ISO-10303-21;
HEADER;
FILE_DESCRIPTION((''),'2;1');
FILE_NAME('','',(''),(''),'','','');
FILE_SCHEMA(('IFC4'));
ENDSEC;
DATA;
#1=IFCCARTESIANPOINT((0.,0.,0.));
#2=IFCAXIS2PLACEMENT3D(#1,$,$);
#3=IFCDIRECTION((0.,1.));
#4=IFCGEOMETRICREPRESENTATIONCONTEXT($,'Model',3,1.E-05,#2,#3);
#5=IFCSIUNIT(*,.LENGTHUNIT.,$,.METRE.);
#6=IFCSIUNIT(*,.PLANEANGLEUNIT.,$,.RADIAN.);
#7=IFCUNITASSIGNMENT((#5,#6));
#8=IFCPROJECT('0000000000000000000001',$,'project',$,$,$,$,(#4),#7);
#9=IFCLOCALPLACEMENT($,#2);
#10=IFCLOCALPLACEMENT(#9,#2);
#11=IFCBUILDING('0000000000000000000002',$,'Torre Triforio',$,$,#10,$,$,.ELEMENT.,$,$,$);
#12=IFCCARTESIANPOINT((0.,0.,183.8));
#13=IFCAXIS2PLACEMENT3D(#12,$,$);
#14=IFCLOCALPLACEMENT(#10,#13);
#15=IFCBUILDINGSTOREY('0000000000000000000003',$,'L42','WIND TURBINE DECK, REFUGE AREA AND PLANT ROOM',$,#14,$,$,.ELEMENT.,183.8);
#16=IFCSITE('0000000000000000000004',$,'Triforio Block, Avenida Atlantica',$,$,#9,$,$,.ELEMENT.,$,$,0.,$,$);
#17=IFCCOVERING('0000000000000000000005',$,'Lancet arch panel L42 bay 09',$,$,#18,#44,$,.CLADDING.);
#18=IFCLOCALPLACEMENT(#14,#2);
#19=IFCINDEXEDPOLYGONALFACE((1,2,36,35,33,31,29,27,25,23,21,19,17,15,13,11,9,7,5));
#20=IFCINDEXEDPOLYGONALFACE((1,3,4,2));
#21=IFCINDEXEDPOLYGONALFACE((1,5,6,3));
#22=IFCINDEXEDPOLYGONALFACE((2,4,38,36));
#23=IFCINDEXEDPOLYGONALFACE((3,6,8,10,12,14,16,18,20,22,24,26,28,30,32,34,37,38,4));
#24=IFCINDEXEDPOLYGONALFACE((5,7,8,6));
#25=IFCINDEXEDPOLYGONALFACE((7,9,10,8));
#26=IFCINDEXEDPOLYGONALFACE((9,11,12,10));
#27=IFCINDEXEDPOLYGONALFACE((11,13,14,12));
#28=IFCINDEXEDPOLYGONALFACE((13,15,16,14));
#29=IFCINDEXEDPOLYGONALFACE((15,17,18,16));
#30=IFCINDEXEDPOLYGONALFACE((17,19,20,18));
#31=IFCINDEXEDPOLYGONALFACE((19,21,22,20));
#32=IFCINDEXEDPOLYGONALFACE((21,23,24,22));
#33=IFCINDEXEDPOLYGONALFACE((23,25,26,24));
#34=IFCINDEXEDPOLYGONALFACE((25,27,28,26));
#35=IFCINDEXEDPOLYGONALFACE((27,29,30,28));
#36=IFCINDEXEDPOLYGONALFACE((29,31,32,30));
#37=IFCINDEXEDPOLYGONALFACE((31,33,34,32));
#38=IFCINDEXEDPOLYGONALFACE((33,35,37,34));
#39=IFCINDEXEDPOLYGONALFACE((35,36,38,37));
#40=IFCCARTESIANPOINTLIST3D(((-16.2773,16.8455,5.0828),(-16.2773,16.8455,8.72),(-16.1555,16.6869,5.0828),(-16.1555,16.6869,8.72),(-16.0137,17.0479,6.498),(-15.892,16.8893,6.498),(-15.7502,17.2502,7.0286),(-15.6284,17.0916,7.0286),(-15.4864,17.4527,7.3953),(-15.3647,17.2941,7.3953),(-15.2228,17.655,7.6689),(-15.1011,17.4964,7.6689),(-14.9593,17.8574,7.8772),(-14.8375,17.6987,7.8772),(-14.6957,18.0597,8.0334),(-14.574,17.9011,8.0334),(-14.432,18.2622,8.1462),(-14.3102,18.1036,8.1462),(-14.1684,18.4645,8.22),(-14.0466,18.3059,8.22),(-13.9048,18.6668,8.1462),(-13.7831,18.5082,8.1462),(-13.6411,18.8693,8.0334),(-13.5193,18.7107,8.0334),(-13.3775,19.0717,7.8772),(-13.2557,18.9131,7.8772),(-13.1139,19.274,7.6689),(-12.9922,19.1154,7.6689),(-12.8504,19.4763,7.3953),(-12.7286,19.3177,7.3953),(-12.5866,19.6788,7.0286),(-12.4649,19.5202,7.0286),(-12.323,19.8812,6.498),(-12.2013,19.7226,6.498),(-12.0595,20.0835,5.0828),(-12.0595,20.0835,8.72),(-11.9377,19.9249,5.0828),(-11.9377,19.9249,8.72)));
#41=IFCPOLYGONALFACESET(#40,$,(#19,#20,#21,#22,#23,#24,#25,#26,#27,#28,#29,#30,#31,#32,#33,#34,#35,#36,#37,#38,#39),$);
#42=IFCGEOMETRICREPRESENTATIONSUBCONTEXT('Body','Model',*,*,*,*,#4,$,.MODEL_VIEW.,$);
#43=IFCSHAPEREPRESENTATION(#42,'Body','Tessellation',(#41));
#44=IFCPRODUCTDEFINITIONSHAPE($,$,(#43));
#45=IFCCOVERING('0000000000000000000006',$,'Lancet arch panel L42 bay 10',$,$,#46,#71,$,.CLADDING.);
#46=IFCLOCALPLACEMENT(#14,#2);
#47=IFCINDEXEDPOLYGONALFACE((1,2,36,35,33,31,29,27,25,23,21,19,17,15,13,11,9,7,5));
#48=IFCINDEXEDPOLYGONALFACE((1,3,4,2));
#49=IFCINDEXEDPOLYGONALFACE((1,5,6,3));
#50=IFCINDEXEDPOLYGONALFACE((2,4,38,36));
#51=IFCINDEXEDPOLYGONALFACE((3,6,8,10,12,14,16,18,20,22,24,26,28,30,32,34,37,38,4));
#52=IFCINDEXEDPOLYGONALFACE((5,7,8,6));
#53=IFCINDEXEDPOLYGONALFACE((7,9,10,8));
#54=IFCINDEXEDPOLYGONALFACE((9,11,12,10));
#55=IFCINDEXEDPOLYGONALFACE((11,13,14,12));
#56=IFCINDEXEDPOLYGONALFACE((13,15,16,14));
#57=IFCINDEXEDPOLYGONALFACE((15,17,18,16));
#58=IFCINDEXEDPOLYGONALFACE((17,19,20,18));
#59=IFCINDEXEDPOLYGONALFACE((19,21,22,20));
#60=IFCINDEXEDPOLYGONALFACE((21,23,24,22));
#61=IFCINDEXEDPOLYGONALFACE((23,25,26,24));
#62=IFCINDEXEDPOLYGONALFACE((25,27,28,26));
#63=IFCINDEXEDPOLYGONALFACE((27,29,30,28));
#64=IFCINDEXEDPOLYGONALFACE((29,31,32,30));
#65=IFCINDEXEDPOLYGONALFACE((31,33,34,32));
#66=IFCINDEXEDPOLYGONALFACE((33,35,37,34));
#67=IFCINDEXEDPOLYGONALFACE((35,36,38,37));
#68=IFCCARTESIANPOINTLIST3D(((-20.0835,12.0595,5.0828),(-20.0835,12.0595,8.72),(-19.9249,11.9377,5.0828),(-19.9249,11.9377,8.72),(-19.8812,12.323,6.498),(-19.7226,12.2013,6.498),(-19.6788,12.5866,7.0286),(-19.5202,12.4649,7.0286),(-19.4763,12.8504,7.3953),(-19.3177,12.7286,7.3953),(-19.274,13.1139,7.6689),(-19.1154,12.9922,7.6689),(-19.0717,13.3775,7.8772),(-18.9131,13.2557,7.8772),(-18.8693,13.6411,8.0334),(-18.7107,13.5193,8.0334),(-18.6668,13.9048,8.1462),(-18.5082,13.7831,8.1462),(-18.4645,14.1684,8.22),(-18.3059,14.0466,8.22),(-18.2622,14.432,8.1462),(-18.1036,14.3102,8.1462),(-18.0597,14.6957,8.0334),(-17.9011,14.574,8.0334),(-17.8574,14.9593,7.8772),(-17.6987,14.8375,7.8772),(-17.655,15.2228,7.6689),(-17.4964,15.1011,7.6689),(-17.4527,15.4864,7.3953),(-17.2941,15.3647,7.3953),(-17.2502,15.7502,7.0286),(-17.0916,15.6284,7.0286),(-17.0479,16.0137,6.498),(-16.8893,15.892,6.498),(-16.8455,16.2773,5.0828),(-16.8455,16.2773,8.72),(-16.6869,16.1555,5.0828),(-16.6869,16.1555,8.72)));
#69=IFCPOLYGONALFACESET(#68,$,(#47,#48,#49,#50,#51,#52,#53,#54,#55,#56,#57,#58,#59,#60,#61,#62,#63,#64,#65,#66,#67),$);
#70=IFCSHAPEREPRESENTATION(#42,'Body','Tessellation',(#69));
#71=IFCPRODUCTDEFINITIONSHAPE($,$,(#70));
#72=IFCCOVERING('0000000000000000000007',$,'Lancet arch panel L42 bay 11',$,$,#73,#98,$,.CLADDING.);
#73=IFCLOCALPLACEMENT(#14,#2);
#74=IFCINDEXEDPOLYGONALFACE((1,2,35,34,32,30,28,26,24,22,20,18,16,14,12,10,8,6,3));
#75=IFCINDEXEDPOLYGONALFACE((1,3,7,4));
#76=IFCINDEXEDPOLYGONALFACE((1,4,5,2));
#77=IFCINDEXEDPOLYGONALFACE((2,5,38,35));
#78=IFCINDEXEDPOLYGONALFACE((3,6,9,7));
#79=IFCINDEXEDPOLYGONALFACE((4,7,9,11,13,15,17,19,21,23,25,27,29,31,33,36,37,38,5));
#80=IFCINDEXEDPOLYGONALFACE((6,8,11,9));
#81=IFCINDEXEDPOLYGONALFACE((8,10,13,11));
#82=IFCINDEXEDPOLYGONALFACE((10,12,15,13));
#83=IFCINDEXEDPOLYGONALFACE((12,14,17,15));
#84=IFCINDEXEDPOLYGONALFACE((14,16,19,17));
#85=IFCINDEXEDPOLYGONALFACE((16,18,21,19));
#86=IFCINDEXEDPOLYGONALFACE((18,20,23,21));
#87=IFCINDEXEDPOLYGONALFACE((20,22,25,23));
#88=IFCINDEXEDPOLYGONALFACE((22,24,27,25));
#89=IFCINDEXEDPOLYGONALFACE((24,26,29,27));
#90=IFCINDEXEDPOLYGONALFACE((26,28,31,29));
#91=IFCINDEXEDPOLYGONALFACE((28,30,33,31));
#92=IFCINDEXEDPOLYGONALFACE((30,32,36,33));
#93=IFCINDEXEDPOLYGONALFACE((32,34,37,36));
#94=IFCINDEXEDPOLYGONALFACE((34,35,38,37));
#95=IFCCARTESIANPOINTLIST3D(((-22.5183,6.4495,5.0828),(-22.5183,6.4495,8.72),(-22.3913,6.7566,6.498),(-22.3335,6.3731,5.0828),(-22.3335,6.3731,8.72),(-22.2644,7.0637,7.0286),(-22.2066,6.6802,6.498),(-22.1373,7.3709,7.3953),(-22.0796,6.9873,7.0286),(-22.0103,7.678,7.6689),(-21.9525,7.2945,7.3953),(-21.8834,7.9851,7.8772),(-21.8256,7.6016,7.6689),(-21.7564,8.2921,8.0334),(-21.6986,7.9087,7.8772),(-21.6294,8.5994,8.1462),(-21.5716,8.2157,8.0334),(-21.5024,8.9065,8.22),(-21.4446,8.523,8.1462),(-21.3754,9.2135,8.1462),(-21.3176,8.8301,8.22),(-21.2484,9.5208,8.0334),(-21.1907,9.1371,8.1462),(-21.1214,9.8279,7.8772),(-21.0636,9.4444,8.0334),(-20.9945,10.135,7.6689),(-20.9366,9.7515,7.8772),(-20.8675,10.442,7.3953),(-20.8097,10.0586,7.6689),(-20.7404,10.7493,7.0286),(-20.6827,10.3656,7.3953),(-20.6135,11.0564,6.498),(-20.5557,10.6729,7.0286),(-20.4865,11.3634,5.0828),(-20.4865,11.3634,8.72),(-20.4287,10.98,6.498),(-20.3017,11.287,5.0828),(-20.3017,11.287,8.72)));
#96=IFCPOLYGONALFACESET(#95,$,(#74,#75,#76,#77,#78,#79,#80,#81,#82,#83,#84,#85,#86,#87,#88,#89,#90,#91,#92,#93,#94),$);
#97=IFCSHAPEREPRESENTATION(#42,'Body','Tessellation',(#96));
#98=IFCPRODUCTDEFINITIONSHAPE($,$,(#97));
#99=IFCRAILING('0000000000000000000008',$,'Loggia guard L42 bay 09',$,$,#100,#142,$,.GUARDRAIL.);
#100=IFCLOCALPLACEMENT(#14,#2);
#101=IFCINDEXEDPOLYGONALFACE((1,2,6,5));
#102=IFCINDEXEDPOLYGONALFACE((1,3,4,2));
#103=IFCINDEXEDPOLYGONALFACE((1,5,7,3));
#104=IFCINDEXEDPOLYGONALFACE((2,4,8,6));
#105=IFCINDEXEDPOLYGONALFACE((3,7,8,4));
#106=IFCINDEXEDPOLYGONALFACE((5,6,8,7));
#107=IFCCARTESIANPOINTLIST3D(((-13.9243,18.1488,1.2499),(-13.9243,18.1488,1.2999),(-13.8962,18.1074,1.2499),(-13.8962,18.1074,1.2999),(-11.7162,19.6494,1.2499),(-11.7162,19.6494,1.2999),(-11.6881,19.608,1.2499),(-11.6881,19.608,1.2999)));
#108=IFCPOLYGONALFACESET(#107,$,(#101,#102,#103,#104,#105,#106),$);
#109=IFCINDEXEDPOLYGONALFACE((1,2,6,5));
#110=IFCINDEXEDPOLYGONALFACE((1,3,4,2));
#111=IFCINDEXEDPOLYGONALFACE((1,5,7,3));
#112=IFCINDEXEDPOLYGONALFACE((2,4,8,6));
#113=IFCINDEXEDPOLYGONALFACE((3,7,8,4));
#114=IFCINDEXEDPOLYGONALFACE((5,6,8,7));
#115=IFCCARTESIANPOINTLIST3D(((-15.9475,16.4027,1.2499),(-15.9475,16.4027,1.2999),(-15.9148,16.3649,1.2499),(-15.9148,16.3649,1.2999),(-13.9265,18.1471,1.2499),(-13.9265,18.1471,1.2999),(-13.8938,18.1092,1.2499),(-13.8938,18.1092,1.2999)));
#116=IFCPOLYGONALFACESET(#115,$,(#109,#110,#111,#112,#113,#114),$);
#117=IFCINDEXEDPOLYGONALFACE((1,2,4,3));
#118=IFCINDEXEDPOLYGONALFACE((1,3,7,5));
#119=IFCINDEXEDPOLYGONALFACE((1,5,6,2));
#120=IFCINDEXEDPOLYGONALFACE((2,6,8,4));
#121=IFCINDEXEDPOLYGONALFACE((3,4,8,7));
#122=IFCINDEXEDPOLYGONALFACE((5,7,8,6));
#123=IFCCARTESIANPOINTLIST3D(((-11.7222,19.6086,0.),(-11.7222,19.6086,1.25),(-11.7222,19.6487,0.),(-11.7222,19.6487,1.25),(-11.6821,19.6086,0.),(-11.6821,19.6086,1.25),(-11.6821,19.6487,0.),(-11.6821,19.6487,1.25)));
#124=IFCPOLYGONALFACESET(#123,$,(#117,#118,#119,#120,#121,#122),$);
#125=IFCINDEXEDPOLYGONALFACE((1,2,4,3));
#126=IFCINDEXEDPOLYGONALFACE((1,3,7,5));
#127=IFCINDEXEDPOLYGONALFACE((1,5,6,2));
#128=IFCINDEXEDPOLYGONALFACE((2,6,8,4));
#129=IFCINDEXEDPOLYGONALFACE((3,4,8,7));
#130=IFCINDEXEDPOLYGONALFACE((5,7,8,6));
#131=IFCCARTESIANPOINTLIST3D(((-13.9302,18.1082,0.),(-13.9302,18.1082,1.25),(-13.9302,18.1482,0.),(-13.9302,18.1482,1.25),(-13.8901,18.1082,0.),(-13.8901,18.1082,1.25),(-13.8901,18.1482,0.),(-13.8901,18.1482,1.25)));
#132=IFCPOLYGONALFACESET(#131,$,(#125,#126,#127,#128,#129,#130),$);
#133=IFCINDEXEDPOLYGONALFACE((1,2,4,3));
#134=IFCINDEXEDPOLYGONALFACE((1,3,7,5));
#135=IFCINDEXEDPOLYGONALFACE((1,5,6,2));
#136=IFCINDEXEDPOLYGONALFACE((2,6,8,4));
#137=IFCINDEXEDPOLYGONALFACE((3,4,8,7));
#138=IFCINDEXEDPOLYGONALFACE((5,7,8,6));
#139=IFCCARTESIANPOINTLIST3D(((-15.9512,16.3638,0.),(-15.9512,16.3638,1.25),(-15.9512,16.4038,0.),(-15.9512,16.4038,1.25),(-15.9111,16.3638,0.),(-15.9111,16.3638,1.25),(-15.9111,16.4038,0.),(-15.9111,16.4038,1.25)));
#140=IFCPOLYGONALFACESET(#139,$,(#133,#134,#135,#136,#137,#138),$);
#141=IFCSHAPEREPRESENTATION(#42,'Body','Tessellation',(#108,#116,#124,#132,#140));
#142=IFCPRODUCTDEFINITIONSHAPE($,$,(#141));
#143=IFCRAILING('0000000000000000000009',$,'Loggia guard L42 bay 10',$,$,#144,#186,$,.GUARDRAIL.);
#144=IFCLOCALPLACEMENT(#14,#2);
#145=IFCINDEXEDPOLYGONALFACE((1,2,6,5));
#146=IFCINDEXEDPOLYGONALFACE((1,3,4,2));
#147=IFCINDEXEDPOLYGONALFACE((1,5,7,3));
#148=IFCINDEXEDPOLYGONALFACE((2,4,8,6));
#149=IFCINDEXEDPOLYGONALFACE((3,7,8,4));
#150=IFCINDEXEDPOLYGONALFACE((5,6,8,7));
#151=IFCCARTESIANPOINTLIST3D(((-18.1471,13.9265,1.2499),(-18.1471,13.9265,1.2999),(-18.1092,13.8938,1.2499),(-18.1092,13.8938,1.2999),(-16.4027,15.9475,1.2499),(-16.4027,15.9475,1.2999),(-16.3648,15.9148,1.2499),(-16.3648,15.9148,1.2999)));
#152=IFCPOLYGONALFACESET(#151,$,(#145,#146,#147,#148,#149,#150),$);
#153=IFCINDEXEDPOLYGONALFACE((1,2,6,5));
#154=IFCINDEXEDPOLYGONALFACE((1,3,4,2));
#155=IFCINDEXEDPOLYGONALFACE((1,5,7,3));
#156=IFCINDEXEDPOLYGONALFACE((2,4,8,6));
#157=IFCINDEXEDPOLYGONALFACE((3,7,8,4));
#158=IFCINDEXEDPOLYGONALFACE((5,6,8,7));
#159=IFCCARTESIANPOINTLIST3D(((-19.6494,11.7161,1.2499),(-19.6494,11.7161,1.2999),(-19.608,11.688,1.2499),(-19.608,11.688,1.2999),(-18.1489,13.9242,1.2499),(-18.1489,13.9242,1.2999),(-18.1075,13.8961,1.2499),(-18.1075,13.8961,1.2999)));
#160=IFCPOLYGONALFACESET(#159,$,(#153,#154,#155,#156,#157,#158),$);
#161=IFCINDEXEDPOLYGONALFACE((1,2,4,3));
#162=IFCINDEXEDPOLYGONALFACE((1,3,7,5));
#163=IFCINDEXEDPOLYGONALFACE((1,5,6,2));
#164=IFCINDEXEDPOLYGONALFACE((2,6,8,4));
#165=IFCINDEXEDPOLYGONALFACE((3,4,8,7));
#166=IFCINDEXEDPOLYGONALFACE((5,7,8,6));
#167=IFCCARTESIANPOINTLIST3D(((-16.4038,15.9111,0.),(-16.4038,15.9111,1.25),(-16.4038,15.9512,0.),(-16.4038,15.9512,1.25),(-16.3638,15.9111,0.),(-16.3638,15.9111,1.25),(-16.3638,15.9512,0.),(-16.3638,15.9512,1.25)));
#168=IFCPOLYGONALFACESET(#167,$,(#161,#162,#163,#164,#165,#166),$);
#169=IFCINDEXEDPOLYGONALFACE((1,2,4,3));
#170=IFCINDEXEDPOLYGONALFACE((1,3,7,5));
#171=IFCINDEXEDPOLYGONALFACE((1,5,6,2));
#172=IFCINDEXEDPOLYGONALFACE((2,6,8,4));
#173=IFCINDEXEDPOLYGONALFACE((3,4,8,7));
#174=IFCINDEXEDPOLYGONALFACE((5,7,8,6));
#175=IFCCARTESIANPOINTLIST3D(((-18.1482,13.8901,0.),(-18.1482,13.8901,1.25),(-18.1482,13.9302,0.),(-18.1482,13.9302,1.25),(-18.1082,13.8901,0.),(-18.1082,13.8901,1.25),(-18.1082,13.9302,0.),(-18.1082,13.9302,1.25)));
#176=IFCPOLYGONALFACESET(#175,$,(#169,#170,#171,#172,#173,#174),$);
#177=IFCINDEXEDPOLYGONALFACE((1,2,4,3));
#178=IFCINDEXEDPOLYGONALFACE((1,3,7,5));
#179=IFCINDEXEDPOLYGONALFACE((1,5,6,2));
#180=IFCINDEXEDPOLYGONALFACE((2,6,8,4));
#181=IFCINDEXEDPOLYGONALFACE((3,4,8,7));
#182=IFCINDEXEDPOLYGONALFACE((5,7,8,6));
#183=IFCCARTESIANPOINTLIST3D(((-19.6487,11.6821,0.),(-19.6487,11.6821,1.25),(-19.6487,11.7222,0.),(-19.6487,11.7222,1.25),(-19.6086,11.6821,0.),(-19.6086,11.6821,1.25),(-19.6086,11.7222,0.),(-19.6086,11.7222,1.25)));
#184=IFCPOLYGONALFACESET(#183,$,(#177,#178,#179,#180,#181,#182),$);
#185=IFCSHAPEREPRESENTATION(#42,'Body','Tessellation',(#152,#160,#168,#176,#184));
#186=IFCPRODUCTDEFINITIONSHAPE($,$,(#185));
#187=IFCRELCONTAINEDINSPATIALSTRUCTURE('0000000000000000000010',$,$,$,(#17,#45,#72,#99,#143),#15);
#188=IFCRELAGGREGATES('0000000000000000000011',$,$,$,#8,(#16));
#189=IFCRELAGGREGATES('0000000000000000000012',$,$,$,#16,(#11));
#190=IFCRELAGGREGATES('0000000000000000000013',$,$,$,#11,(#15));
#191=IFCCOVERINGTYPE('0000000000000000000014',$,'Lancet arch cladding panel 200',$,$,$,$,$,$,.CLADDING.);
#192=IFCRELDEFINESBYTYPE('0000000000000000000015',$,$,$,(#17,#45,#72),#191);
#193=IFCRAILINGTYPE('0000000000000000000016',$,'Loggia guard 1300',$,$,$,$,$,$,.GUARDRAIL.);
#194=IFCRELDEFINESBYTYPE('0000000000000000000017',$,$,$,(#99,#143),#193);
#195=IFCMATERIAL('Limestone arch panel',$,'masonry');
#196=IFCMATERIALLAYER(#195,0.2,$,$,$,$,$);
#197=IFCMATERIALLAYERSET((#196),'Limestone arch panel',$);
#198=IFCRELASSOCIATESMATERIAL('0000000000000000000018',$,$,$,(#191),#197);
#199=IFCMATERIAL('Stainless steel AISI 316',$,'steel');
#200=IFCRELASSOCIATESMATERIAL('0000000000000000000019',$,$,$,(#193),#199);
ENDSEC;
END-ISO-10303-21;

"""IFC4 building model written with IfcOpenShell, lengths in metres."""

from ifc_helpers import new_model, si_unit, direction, frame, origin, origin_2d, place, context, subcontext, project, spatial, polyline, rectangle, outline, extrude, material, layer, layer_set, type_object, element, save


model = new_model("IFC4")

# Units and contexts
model_context = context("Model", 3, precision=1e-05, world=origin(), true_north=direction((0.0, 1.0)))
body_context = subcontext(model_context, "Body", "Model", "MODEL_VIEW")
ifc_project = project(units=[si_unit("LENGTHUNIT", "METRE"), si_unit("PLANEANGLEUNIT", "RADIAN")], contexts=[model_context])

# Site, building, storey
site_placement = place(None, origin())
site = spatial("IfcSite", under=ifc_project, at=site_placement, Name="Triforio Block, Avenida Atlantica", CompositionType="ELEMENT", RefElevation=0.0)
building_placement = place(site_placement, origin())
building = spatial("IfcBuilding", under=site, at=building_placement, Name="Torre Triforio", CompositionType="ELEMENT")
storey_placement = place(building_placement, frame((0.0, 0.0, 183.8)))
storey = spatial("IfcBuildingStorey", under=building, at=storey_placement, Name="L42", Description="WIND TURBINE DECK, REFUGE AREA AND PLANT ROOM", CompositionType="ELEMENT", Elevation=183.8)

# Coverings
ifc_material_1 = material(Name="Limestone arch panel", Category="masonry")
ifc_layer_1 = layer(ifc_material_1, 0.2)
ifc_layer_set_1 = layer_set([ifc_layer_1], Name="Limestone arch panel")
covering_type_1 = type_object("IfcCoveringType", Name="Lancet arch cladding panel 200", PredefinedType="CLADDING", material=ifc_layer_set_1)
for number, where, z_axis, x_axis, name in (
    (1, (-14.0466, 18.3059, 0.0), (-0.608944, 0.793213, 0.0), (-0.793213, -0.608944, 0.0), "Lancet arch panel L42 bay 09"),
    (2, (-18.3059, 14.0466, 0.0), (-0.793213, 0.608944, 0.0), (-0.608944, -0.793213, 0.0), "Lancet arch panel L42 bay 10"),
    (3, (-21.3176, 8.8301, 0.0), (-0.924121, 0.3821, 0.0), (-0.3821, -0.924121, 0.0), "Lancet arch panel L42 bay 11"),
):
    element("IfcCovering", number, at=place(storey_placement, frame(where, z_axis=z_axis, x_axis=x_axis)), inside=storey, type_object=covering_type_1, Name=name, PredefinedType="CLADDING", context=body_context, shape_type="SweptSolid", body=[
        extrude(outline(polyline([(-2.6587, 8.72), (-2.6587, 5.0828), (-2.3264, 6.498), (-1.9941, 7.0286), (-1.6616, 7.3953), (-1.3293, 7.6689), (-0.9971, 7.8772), (-0.6648, 8.0334), (-0.3323, 8.1462), (0.0, 8.22), (0.3323, 8.1462), (0.6648, 8.0334), (0.9971, 7.8772), (1.3293, 7.6689), (1.6616, 7.3953), (1.9941, 7.0286), (2.3264, 6.498), (2.6587, 5.0828), (2.6587, 8.72), (-2.6587, 8.72)])), origin(), (0.0, 0.0, 1.0), 0.2),
    ])

# Railings
ifc_material_2 = material(Name="Stainless steel AISI 316", Category="steel")
railing_type = type_object("IfcRailingType", Name="Loggia guard 1300", PredefinedType="GUARDRAIL", material=ifc_material_2)
railing_1_placement = place(storey_placement, frame((-11.7021, 19.6287, 0.0)))
element("IfcRailing", 4, at=railing_1_placement, inside=storey, type_object=railing_type, Name="Loggia guard L42 bay 09", PredefinedType="GUARDRAIL", context=body_context, shape_type="SweptSolid", body=[
    extrude(rectangle(XDim=0.05, YDim=0.05, at=origin_2d()), frame((0.0, 0.0, 1.2749), z_axis=(-0.827093, -0.562065, 0.0), x_axis=(0.562065, -0.827093, 0.0)), (0.0, 0.0, 1.0), 2.6697),
    extrude(rectangle(XDim=0.05, YDim=0.05, at=origin_2d()), frame((-2.208, -1.5005, 1.2749), z_axis=(-0.757012, -0.653401, 0.0), x_axis=(0.653401, -0.757012, 0.0)), (0.0, 0.0, 1.0), 2.6697),
    extrude(rectangle(XDim=0.04, YDim=0.04, at=origin_2d()), origin(), (0.0, 0.0, 1.0), 1.25),
    extrude(rectangle(XDim=0.04, YDim=0.04, at=origin_2d()), frame((-2.208, -1.5005, 0.0)), (0.0, 0.0, 1.0), 1.25),
    extrude(rectangle(XDim=0.04, YDim=0.04, at=origin_2d()), frame((-4.229, -3.2449, 0.0)), (0.0, 0.0, 1.0), 1.25),
])
railing_2_placement = place(storey_placement, frame((-16.3838, 15.9312, 0.0)))
element("IfcRailing", 5, at=railing_2_placement, inside=storey, type_object=railing_type, Name="Loggia guard L42 bay 10", PredefinedType="GUARDRAIL", context=body_context, shape_type="SweptSolid", body=[
    extrude(rectangle(XDim=0.05, YDim=0.05, at=origin_2d()), frame((0.0, 0.0, 1.2749), z_axis=(-0.653401, -0.757012, 0.0), x_axis=(0.757012, -0.653401, 0.0)), (0.0, 0.0, 1.0), 2.6697),
    extrude(rectangle(XDim=0.05, YDim=0.05, at=origin_2d()), frame((-1.7444, -2.021, 1.2749), z_axis=(-0.562065, -0.827093, 0.0), x_axis=(0.827093, -0.562065, 0.0)), (0.0, 0.0, 1.0), 2.6697),
    extrude(rectangle(XDim=0.04, YDim=0.04, at=origin_2d()), origin(), (0.0, 0.0, 1.0), 1.25),
    extrude(rectangle(XDim=0.04, YDim=0.04, at=origin_2d()), frame((-1.7444, -2.021, 0.0)), (0.0, 0.0, 1.0), 1.25),
    extrude(rectangle(XDim=0.04, YDim=0.04, at=origin_2d()), frame((-3.2449, -4.229, 0.0)), (0.0, 0.0, 1.0), 1.25),
])

save(model, "model.ifc")
